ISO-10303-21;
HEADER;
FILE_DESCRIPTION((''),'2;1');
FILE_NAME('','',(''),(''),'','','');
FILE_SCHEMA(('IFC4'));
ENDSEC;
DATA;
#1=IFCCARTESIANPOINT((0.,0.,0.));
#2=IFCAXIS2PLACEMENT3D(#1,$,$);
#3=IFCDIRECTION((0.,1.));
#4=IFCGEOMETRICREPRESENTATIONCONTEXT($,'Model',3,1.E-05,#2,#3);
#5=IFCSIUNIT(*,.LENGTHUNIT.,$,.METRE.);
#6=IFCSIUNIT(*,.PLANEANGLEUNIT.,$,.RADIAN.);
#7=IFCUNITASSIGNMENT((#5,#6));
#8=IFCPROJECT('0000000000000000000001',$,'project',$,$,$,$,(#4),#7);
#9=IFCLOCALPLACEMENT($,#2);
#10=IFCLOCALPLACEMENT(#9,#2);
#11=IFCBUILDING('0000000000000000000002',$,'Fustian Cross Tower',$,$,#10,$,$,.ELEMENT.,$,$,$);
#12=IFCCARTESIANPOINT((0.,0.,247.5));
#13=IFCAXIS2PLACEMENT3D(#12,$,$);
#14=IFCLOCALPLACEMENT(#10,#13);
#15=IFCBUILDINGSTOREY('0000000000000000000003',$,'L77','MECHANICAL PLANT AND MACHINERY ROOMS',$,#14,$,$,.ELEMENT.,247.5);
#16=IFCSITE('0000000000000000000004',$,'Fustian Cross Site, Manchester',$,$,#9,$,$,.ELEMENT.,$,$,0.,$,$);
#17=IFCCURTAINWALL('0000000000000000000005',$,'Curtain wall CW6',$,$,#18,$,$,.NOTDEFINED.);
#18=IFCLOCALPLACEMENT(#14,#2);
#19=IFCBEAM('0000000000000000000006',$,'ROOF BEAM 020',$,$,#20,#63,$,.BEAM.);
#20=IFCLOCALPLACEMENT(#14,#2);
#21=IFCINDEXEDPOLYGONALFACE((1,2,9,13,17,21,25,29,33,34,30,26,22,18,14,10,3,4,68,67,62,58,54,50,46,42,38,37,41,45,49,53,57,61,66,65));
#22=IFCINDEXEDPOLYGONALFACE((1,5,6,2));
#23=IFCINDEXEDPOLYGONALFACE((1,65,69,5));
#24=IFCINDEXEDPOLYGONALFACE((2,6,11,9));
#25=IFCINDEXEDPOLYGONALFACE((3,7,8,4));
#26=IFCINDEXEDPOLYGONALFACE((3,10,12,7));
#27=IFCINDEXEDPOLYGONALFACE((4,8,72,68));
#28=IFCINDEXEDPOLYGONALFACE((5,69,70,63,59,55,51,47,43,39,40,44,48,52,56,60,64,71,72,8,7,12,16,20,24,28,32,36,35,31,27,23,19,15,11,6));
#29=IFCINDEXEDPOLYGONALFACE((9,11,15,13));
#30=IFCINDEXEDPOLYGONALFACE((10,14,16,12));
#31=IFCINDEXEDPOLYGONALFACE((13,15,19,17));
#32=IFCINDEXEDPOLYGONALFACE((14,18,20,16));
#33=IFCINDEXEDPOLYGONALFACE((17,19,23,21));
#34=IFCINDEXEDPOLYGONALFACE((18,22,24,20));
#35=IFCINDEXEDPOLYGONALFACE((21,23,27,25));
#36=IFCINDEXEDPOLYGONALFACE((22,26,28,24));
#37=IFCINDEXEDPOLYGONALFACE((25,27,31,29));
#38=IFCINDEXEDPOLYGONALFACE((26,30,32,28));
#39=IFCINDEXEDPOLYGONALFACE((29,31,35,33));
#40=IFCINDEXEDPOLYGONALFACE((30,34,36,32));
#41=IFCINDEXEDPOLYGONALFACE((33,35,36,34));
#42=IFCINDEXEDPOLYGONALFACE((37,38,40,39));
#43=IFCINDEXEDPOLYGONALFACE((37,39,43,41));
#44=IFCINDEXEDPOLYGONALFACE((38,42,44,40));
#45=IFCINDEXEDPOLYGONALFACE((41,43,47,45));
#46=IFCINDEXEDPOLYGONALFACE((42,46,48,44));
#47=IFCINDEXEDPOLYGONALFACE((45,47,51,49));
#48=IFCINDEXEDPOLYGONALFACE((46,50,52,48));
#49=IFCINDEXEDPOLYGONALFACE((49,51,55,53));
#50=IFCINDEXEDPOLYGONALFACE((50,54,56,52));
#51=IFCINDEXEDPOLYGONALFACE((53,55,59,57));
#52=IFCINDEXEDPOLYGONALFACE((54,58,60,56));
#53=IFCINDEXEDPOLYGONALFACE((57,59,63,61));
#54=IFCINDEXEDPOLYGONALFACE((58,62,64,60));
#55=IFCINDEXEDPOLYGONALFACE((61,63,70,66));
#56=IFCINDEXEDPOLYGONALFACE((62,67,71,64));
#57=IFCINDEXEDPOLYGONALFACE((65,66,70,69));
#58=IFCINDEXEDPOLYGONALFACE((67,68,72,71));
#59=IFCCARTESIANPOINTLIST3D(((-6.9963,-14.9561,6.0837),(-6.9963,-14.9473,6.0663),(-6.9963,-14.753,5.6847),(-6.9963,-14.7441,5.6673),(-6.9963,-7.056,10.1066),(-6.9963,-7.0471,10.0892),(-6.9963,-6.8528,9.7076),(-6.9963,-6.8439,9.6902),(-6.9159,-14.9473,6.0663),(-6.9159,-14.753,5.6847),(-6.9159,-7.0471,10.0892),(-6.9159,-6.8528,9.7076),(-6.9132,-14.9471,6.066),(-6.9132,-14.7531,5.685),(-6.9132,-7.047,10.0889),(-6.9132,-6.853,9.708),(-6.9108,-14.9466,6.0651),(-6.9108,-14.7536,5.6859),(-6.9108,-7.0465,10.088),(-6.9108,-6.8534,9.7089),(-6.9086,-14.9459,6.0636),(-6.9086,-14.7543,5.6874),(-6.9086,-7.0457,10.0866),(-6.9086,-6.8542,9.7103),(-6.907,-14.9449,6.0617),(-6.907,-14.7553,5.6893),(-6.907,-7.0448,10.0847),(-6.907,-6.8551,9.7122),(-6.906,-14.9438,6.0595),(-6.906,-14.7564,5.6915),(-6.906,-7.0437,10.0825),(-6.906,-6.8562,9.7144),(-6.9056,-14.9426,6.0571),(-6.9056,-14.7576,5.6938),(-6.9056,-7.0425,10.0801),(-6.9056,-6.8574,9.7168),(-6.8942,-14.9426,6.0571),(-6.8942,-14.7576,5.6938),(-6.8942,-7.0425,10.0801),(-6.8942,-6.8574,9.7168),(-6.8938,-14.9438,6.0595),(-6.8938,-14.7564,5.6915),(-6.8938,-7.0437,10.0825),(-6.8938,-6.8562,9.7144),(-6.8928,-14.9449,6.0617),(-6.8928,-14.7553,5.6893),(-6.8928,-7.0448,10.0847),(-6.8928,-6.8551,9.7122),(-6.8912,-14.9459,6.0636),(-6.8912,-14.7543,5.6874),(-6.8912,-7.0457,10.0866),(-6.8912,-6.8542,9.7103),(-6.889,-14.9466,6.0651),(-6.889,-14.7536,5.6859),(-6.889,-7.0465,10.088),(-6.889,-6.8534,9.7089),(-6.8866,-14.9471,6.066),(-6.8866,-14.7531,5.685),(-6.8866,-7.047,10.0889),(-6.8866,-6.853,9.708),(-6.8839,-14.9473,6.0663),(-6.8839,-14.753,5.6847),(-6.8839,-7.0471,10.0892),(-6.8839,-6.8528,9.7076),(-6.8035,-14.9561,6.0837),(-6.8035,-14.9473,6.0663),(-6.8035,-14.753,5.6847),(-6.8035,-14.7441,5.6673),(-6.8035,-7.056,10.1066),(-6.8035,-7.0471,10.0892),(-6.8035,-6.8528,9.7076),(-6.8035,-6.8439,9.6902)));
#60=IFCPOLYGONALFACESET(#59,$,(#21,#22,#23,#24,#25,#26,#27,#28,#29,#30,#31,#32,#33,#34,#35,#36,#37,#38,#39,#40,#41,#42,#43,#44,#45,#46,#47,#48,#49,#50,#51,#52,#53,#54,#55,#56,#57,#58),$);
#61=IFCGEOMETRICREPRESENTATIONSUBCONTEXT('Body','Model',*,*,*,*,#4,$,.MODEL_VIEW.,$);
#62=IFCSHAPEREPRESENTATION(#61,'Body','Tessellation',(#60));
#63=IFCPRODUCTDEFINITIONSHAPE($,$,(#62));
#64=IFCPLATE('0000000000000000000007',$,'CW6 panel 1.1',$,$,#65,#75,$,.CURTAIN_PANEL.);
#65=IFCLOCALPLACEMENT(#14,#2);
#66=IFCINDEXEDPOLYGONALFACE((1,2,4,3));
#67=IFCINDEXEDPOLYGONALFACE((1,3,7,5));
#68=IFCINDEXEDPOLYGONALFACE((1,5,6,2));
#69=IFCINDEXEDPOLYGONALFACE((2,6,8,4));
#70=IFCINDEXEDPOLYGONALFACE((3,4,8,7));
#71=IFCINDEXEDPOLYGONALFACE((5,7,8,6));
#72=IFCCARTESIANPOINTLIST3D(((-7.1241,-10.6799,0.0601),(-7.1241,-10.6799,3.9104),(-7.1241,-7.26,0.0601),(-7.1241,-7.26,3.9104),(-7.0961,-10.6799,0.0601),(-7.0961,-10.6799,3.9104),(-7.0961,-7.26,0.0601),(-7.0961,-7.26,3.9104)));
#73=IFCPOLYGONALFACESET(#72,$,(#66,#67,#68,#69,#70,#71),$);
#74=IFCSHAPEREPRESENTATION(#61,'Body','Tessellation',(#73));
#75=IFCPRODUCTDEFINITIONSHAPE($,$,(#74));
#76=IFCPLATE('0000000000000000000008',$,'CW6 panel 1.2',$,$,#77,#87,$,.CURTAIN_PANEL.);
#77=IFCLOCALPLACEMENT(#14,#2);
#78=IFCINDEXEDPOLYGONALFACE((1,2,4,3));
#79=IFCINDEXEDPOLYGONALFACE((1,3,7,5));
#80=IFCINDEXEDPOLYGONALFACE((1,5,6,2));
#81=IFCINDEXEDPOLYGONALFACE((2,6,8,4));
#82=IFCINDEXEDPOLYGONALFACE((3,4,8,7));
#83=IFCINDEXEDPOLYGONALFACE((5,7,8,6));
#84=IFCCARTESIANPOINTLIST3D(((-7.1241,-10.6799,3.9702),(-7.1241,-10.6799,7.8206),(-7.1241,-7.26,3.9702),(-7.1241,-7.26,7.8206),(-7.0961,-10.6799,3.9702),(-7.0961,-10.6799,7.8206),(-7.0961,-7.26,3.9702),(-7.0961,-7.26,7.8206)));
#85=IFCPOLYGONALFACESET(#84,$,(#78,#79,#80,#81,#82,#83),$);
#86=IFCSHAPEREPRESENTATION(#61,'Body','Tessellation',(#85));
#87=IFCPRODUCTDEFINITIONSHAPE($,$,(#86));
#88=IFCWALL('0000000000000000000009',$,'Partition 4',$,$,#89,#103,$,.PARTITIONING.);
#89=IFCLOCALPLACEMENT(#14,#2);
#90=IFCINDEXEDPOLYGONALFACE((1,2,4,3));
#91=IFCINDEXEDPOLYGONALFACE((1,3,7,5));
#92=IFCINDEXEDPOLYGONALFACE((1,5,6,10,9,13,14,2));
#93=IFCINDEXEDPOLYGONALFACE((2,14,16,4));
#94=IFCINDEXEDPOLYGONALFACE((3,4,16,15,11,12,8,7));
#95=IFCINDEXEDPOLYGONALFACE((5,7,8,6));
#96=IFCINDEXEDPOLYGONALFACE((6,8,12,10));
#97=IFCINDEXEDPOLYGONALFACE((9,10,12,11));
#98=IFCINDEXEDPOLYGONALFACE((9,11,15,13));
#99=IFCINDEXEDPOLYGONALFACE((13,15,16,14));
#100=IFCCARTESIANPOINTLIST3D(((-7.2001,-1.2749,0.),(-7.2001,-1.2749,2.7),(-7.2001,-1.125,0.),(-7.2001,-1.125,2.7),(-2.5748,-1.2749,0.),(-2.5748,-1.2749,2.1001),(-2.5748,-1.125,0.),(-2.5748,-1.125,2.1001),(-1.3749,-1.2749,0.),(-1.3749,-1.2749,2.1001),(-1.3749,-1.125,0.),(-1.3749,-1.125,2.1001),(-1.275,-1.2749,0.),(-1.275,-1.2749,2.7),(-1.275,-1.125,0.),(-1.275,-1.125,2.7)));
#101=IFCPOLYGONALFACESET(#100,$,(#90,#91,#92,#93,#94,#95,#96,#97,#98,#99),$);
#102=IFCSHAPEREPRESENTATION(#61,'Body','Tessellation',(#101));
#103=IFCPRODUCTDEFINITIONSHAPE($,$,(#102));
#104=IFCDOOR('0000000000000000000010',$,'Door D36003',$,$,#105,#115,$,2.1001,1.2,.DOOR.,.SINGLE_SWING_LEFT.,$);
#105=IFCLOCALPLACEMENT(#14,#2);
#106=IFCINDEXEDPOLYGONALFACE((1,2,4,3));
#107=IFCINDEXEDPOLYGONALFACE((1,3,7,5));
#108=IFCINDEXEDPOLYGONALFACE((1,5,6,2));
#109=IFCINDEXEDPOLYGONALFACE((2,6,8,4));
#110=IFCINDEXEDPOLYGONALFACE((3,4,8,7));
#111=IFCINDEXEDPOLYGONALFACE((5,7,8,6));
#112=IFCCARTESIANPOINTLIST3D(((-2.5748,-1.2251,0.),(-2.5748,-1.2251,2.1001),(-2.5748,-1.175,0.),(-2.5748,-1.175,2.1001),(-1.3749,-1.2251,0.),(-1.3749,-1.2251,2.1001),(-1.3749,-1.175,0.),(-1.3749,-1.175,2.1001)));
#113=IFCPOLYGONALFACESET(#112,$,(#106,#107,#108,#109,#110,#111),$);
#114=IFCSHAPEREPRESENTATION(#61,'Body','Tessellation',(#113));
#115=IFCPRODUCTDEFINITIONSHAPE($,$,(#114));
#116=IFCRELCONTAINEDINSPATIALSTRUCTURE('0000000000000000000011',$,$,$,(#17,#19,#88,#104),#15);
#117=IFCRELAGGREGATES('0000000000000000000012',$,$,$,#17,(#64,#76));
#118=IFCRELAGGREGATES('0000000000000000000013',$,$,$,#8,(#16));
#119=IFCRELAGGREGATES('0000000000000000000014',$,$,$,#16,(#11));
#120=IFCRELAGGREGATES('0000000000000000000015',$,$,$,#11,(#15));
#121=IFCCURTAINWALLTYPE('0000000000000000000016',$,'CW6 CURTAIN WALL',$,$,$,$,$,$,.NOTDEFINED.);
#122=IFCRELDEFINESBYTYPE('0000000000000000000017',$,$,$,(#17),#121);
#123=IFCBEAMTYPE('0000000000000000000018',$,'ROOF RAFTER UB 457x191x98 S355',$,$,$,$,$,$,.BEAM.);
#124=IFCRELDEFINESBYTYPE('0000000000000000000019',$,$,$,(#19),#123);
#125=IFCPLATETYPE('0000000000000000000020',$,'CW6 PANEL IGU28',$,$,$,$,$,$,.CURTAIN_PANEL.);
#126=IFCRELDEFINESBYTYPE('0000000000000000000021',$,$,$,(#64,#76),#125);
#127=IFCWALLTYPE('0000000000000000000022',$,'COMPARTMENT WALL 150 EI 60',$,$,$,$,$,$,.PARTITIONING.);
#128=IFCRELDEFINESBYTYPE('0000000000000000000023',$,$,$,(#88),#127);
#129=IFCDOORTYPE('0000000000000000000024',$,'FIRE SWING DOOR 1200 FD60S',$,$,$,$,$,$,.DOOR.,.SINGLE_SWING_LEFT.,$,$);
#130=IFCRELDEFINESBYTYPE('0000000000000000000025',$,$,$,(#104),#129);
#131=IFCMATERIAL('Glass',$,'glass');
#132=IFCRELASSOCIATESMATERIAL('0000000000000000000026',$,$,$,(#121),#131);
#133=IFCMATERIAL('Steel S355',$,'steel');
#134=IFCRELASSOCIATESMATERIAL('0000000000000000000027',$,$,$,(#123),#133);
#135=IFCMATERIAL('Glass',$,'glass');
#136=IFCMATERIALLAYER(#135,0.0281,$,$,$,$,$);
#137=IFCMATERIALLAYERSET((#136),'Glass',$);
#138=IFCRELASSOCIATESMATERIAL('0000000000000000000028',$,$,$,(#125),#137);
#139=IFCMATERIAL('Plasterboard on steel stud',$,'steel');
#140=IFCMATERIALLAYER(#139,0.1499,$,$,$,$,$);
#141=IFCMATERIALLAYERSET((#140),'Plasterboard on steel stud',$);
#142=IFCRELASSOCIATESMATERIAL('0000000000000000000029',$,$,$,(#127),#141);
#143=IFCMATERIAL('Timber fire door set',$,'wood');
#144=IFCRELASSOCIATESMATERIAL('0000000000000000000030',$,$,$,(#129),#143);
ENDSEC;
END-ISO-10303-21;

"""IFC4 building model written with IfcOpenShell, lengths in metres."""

from ifc_helpers import new_model, si_unit, direction, frame, frame_2d, origin, origin_2d, place, context, subcontext, project, spatial, rectangle, i_section, extrude, material, layer, layer_set, material_profile, profile_set, type_object, element, fill, aggregate, save


model = new_model("IFC4")

# Units and contexts
model_context = context("Model", 3, precision=1e-05, world=origin(), true_north=direction((0.0, 1.0)))
body_context = subcontext(model_context, "Body", "Model", "MODEL_VIEW")
ifc_project = project(units=[si_unit("LENGTHUNIT", "METRE"), si_unit("PLANEANGLEUNIT", "RADIAN")], contexts=[model_context])

# Site, building, storey
site_placement = place(None, origin())
site = spatial("IfcSite", under=ifc_project, at=site_placement, Name="Fustian Cross Site, Manchester", CompositionType="ELEMENT", RefElevation=0.0)
building_placement = place(site_placement, origin())
building = spatial("IfcBuilding", under=site, at=building_placement, Name="Fustian Cross Tower", CompositionType="ELEMENT")
storey_placement = place(building_placement, frame((0.0, 0.0, 247.5)))
storey = spatial("IfcBuildingStorey", under=building, at=storey_placement, Name="L77", Description="MECHANICAL PLANT AND MACHINERY ROOMS", CompositionType="ELEMENT", Elevation=247.5)

# Curtain wall
ifc_material_1 = material(Name="Glass", Category="glass")
curtain_wall_type = type_object("IfcCurtainWallType", Name="CW6 CURTAIN WALL", PredefinedType="NOTDEFINED", material=ifc_material_1)
curtain_wall_placement = place(storey_placement, origin())
curtain_wall = element("IfcCurtainWall", 1, at=curtain_wall_placement, inside=storey, type_object=curtain_wall_type, Name="Curtain wall CW6", PredefinedType="NOTDEFINED")

# Beam
ifc_material_2 = material(Name="Steel S355", Category="steel")
ifc_material_profile_1 = material_profile(ifc_material_2, i_section(OverallWidth=0.1929, OverallDepth=0.4673, WebThickness=0.0115, FlangeThickness=0.0195, FilletRadius=0.0103, at=origin_2d()), Name="UB 457x191x98")
ifc_profile_set_1 = profile_set([ifc_material_profile_1], Name="Steel S355")
beam_type_1 = type_object("IfcBeamType", Name="ROOF RAFTER UB 457x191x98 S355", PredefinedType="BEAM", material=ifc_profile_set_1)
beam_1_placement = place(storey_placement, frame((-6.8999, -6.95, 9.8984), z_axis=(0.0, -0.891115, -0.453778), x_axis=(1.0, 0.0, 0.0)))
element("IfcBeam", 2, at=beam_1_placement, inside=storey, type_object=beam_type_1, Name="ROOF BEAM 020", PredefinedType="BEAM", context=body_context, shape_type="SweptSolid", body=[
    extrude(i_section(OverallWidth=0.1929, OverallDepth=0.4673, WebThickness=0.0115, FlangeThickness=0.0195, FilletRadius=0.0103, at=origin_2d()), origin(), (0.0, 0.0, 1.0), 8.8655),
])

# Plates
ifc_material_3 = material(Name="Glass", Category="glass")
ifc_layer_1 = layer(ifc_material_3, 0.0281)
ifc_layer_set_1 = layer_set([ifc_layer_1], Name="Glass")
plate_type = type_object("IfcPlateType", Name="CW6 PANEL IGU28", PredefinedType="CURTAIN_PANEL", material=ifc_layer_set_1)
plate_1_placement = place(storey_placement, frame((-7.1101, -8.97, 0.0601), z_axis=(0.0, 0.0, 1.0), x_axis=(0.0, -1.0, 0.0)))
plate_1 = element("IfcPlate", 3, at=plate_1_placement, type_object=plate_type, Name="CW6 panel 1.1", PredefinedType="CURTAIN_PANEL", context=body_context, shape_type="SweptSolid", body=[
    extrude(rectangle(XDim=3.4199, YDim=0.0281, at=origin_2d()), origin(), (0.0, 0.0, 1.0), 3.8503),
])
plate_2_placement = place(storey_placement, frame((-7.1101, -8.97, 3.9702), z_axis=(0.0, 0.0, 1.0), x_axis=(0.0, -1.0, 0.0)))
plate_2 = element("IfcPlate", 4, at=plate_2_placement, type_object=plate_type, Name="CW6 panel 1.2", PredefinedType="CURTAIN_PANEL", context=body_context, shape_type="SweptSolid", body=[
    extrude(rectangle(XDim=3.4199, YDim=0.0281, at=origin_2d()), origin(), (0.0, 0.0, 1.0), 3.8503),
])
aggregate(curtain_wall, [plate_1, plate_2])

# Wall, opening, door
ifc_material_4 = material(Name="Plasterboard on steel stud", Category="steel")
ifc_layer_2 = layer(ifc_material_4, 0.1499)
ifc_layer_set_2 = layer_set([ifc_layer_2], Name="Plasterboard on steel stud")
wall_type_1 = type_object("IfcWallType", Name="COMPARTMENT WALL 150 EI 60", PredefinedType="PARTITIONING", material=ifc_layer_set_2)
wall_1_placement = place(storey_placement, frame((-7.2, -1.2, 0.0), z_axis=(0.0, 0.0, 1.0), x_axis=(1.0, 0.0, 0.0)))
wall_1 = element("IfcWall", 5, at=wall_1_placement, inside=storey, type_object=wall_type_1, Name="Partition 4", PredefinedType="PARTITIONING", context=body_context, shape_type="SweptSolid", body=[
    extrude(rectangle(XDim=5.925, YDim=0.1499, at=frame_2d((2.9624, 0.0))), origin(), (0.0, 0.0, 1.0), 2.7),
])
opening_1_placement = place(wall_1_placement, frame((4.625, 0.0, 0.0)))
opening_1 = element("IfcOpeningElement", 6, at=opening_1_placement, cuts=wall_1, PredefinedType="OPENING", context=body_context, shape_type="SweptSolid", body=[
    extrude(rectangle(XDim=1.2, YDim=2.1001, at=frame_2d((0.6001, 1.05))), frame((0.0, 0.085, 0.0), z_axis=(0.0, -1.0, 0.0), x_axis=(1.0, 0.0, 0.0)), (0.0, 0.0, 1.0), 0.1699),
])
ifc_material_5 = material(Name="Timber fire door set", Category="wood")
door_type_1 = type_object("IfcDoorType", Name="FIRE SWING DOOR 1200 FD60S", OperationType="SINGLE_SWING_LEFT", PredefinedType="DOOR", material=ifc_material_5)
door_1_placement = place(opening_1_placement, origin())
door_1 = element("IfcDoor", 7, at=door_1_placement, inside=storey, type_object=door_type_1, Name="Door D36003", OperationType="SINGLE_SWING_LEFT", OverallHeight=2.1001, OverallWidth=1.2, PredefinedType="DOOR", context=body_context, shape_type="SweptSolid", body=[
    extrude(rectangle(XDim=1.2, YDim=2.1001, at=frame_2d((0.6001, 1.05))), frame((0.0, 0.0249, 0.0), z_axis=(0.0, -1.0, 0.0), x_axis=(1.0, 0.0, 0.0)), (0.0, 0.0, 1.0), 0.05),
])
fill(opening_1, door_1)

save(model, "model.ifc")
